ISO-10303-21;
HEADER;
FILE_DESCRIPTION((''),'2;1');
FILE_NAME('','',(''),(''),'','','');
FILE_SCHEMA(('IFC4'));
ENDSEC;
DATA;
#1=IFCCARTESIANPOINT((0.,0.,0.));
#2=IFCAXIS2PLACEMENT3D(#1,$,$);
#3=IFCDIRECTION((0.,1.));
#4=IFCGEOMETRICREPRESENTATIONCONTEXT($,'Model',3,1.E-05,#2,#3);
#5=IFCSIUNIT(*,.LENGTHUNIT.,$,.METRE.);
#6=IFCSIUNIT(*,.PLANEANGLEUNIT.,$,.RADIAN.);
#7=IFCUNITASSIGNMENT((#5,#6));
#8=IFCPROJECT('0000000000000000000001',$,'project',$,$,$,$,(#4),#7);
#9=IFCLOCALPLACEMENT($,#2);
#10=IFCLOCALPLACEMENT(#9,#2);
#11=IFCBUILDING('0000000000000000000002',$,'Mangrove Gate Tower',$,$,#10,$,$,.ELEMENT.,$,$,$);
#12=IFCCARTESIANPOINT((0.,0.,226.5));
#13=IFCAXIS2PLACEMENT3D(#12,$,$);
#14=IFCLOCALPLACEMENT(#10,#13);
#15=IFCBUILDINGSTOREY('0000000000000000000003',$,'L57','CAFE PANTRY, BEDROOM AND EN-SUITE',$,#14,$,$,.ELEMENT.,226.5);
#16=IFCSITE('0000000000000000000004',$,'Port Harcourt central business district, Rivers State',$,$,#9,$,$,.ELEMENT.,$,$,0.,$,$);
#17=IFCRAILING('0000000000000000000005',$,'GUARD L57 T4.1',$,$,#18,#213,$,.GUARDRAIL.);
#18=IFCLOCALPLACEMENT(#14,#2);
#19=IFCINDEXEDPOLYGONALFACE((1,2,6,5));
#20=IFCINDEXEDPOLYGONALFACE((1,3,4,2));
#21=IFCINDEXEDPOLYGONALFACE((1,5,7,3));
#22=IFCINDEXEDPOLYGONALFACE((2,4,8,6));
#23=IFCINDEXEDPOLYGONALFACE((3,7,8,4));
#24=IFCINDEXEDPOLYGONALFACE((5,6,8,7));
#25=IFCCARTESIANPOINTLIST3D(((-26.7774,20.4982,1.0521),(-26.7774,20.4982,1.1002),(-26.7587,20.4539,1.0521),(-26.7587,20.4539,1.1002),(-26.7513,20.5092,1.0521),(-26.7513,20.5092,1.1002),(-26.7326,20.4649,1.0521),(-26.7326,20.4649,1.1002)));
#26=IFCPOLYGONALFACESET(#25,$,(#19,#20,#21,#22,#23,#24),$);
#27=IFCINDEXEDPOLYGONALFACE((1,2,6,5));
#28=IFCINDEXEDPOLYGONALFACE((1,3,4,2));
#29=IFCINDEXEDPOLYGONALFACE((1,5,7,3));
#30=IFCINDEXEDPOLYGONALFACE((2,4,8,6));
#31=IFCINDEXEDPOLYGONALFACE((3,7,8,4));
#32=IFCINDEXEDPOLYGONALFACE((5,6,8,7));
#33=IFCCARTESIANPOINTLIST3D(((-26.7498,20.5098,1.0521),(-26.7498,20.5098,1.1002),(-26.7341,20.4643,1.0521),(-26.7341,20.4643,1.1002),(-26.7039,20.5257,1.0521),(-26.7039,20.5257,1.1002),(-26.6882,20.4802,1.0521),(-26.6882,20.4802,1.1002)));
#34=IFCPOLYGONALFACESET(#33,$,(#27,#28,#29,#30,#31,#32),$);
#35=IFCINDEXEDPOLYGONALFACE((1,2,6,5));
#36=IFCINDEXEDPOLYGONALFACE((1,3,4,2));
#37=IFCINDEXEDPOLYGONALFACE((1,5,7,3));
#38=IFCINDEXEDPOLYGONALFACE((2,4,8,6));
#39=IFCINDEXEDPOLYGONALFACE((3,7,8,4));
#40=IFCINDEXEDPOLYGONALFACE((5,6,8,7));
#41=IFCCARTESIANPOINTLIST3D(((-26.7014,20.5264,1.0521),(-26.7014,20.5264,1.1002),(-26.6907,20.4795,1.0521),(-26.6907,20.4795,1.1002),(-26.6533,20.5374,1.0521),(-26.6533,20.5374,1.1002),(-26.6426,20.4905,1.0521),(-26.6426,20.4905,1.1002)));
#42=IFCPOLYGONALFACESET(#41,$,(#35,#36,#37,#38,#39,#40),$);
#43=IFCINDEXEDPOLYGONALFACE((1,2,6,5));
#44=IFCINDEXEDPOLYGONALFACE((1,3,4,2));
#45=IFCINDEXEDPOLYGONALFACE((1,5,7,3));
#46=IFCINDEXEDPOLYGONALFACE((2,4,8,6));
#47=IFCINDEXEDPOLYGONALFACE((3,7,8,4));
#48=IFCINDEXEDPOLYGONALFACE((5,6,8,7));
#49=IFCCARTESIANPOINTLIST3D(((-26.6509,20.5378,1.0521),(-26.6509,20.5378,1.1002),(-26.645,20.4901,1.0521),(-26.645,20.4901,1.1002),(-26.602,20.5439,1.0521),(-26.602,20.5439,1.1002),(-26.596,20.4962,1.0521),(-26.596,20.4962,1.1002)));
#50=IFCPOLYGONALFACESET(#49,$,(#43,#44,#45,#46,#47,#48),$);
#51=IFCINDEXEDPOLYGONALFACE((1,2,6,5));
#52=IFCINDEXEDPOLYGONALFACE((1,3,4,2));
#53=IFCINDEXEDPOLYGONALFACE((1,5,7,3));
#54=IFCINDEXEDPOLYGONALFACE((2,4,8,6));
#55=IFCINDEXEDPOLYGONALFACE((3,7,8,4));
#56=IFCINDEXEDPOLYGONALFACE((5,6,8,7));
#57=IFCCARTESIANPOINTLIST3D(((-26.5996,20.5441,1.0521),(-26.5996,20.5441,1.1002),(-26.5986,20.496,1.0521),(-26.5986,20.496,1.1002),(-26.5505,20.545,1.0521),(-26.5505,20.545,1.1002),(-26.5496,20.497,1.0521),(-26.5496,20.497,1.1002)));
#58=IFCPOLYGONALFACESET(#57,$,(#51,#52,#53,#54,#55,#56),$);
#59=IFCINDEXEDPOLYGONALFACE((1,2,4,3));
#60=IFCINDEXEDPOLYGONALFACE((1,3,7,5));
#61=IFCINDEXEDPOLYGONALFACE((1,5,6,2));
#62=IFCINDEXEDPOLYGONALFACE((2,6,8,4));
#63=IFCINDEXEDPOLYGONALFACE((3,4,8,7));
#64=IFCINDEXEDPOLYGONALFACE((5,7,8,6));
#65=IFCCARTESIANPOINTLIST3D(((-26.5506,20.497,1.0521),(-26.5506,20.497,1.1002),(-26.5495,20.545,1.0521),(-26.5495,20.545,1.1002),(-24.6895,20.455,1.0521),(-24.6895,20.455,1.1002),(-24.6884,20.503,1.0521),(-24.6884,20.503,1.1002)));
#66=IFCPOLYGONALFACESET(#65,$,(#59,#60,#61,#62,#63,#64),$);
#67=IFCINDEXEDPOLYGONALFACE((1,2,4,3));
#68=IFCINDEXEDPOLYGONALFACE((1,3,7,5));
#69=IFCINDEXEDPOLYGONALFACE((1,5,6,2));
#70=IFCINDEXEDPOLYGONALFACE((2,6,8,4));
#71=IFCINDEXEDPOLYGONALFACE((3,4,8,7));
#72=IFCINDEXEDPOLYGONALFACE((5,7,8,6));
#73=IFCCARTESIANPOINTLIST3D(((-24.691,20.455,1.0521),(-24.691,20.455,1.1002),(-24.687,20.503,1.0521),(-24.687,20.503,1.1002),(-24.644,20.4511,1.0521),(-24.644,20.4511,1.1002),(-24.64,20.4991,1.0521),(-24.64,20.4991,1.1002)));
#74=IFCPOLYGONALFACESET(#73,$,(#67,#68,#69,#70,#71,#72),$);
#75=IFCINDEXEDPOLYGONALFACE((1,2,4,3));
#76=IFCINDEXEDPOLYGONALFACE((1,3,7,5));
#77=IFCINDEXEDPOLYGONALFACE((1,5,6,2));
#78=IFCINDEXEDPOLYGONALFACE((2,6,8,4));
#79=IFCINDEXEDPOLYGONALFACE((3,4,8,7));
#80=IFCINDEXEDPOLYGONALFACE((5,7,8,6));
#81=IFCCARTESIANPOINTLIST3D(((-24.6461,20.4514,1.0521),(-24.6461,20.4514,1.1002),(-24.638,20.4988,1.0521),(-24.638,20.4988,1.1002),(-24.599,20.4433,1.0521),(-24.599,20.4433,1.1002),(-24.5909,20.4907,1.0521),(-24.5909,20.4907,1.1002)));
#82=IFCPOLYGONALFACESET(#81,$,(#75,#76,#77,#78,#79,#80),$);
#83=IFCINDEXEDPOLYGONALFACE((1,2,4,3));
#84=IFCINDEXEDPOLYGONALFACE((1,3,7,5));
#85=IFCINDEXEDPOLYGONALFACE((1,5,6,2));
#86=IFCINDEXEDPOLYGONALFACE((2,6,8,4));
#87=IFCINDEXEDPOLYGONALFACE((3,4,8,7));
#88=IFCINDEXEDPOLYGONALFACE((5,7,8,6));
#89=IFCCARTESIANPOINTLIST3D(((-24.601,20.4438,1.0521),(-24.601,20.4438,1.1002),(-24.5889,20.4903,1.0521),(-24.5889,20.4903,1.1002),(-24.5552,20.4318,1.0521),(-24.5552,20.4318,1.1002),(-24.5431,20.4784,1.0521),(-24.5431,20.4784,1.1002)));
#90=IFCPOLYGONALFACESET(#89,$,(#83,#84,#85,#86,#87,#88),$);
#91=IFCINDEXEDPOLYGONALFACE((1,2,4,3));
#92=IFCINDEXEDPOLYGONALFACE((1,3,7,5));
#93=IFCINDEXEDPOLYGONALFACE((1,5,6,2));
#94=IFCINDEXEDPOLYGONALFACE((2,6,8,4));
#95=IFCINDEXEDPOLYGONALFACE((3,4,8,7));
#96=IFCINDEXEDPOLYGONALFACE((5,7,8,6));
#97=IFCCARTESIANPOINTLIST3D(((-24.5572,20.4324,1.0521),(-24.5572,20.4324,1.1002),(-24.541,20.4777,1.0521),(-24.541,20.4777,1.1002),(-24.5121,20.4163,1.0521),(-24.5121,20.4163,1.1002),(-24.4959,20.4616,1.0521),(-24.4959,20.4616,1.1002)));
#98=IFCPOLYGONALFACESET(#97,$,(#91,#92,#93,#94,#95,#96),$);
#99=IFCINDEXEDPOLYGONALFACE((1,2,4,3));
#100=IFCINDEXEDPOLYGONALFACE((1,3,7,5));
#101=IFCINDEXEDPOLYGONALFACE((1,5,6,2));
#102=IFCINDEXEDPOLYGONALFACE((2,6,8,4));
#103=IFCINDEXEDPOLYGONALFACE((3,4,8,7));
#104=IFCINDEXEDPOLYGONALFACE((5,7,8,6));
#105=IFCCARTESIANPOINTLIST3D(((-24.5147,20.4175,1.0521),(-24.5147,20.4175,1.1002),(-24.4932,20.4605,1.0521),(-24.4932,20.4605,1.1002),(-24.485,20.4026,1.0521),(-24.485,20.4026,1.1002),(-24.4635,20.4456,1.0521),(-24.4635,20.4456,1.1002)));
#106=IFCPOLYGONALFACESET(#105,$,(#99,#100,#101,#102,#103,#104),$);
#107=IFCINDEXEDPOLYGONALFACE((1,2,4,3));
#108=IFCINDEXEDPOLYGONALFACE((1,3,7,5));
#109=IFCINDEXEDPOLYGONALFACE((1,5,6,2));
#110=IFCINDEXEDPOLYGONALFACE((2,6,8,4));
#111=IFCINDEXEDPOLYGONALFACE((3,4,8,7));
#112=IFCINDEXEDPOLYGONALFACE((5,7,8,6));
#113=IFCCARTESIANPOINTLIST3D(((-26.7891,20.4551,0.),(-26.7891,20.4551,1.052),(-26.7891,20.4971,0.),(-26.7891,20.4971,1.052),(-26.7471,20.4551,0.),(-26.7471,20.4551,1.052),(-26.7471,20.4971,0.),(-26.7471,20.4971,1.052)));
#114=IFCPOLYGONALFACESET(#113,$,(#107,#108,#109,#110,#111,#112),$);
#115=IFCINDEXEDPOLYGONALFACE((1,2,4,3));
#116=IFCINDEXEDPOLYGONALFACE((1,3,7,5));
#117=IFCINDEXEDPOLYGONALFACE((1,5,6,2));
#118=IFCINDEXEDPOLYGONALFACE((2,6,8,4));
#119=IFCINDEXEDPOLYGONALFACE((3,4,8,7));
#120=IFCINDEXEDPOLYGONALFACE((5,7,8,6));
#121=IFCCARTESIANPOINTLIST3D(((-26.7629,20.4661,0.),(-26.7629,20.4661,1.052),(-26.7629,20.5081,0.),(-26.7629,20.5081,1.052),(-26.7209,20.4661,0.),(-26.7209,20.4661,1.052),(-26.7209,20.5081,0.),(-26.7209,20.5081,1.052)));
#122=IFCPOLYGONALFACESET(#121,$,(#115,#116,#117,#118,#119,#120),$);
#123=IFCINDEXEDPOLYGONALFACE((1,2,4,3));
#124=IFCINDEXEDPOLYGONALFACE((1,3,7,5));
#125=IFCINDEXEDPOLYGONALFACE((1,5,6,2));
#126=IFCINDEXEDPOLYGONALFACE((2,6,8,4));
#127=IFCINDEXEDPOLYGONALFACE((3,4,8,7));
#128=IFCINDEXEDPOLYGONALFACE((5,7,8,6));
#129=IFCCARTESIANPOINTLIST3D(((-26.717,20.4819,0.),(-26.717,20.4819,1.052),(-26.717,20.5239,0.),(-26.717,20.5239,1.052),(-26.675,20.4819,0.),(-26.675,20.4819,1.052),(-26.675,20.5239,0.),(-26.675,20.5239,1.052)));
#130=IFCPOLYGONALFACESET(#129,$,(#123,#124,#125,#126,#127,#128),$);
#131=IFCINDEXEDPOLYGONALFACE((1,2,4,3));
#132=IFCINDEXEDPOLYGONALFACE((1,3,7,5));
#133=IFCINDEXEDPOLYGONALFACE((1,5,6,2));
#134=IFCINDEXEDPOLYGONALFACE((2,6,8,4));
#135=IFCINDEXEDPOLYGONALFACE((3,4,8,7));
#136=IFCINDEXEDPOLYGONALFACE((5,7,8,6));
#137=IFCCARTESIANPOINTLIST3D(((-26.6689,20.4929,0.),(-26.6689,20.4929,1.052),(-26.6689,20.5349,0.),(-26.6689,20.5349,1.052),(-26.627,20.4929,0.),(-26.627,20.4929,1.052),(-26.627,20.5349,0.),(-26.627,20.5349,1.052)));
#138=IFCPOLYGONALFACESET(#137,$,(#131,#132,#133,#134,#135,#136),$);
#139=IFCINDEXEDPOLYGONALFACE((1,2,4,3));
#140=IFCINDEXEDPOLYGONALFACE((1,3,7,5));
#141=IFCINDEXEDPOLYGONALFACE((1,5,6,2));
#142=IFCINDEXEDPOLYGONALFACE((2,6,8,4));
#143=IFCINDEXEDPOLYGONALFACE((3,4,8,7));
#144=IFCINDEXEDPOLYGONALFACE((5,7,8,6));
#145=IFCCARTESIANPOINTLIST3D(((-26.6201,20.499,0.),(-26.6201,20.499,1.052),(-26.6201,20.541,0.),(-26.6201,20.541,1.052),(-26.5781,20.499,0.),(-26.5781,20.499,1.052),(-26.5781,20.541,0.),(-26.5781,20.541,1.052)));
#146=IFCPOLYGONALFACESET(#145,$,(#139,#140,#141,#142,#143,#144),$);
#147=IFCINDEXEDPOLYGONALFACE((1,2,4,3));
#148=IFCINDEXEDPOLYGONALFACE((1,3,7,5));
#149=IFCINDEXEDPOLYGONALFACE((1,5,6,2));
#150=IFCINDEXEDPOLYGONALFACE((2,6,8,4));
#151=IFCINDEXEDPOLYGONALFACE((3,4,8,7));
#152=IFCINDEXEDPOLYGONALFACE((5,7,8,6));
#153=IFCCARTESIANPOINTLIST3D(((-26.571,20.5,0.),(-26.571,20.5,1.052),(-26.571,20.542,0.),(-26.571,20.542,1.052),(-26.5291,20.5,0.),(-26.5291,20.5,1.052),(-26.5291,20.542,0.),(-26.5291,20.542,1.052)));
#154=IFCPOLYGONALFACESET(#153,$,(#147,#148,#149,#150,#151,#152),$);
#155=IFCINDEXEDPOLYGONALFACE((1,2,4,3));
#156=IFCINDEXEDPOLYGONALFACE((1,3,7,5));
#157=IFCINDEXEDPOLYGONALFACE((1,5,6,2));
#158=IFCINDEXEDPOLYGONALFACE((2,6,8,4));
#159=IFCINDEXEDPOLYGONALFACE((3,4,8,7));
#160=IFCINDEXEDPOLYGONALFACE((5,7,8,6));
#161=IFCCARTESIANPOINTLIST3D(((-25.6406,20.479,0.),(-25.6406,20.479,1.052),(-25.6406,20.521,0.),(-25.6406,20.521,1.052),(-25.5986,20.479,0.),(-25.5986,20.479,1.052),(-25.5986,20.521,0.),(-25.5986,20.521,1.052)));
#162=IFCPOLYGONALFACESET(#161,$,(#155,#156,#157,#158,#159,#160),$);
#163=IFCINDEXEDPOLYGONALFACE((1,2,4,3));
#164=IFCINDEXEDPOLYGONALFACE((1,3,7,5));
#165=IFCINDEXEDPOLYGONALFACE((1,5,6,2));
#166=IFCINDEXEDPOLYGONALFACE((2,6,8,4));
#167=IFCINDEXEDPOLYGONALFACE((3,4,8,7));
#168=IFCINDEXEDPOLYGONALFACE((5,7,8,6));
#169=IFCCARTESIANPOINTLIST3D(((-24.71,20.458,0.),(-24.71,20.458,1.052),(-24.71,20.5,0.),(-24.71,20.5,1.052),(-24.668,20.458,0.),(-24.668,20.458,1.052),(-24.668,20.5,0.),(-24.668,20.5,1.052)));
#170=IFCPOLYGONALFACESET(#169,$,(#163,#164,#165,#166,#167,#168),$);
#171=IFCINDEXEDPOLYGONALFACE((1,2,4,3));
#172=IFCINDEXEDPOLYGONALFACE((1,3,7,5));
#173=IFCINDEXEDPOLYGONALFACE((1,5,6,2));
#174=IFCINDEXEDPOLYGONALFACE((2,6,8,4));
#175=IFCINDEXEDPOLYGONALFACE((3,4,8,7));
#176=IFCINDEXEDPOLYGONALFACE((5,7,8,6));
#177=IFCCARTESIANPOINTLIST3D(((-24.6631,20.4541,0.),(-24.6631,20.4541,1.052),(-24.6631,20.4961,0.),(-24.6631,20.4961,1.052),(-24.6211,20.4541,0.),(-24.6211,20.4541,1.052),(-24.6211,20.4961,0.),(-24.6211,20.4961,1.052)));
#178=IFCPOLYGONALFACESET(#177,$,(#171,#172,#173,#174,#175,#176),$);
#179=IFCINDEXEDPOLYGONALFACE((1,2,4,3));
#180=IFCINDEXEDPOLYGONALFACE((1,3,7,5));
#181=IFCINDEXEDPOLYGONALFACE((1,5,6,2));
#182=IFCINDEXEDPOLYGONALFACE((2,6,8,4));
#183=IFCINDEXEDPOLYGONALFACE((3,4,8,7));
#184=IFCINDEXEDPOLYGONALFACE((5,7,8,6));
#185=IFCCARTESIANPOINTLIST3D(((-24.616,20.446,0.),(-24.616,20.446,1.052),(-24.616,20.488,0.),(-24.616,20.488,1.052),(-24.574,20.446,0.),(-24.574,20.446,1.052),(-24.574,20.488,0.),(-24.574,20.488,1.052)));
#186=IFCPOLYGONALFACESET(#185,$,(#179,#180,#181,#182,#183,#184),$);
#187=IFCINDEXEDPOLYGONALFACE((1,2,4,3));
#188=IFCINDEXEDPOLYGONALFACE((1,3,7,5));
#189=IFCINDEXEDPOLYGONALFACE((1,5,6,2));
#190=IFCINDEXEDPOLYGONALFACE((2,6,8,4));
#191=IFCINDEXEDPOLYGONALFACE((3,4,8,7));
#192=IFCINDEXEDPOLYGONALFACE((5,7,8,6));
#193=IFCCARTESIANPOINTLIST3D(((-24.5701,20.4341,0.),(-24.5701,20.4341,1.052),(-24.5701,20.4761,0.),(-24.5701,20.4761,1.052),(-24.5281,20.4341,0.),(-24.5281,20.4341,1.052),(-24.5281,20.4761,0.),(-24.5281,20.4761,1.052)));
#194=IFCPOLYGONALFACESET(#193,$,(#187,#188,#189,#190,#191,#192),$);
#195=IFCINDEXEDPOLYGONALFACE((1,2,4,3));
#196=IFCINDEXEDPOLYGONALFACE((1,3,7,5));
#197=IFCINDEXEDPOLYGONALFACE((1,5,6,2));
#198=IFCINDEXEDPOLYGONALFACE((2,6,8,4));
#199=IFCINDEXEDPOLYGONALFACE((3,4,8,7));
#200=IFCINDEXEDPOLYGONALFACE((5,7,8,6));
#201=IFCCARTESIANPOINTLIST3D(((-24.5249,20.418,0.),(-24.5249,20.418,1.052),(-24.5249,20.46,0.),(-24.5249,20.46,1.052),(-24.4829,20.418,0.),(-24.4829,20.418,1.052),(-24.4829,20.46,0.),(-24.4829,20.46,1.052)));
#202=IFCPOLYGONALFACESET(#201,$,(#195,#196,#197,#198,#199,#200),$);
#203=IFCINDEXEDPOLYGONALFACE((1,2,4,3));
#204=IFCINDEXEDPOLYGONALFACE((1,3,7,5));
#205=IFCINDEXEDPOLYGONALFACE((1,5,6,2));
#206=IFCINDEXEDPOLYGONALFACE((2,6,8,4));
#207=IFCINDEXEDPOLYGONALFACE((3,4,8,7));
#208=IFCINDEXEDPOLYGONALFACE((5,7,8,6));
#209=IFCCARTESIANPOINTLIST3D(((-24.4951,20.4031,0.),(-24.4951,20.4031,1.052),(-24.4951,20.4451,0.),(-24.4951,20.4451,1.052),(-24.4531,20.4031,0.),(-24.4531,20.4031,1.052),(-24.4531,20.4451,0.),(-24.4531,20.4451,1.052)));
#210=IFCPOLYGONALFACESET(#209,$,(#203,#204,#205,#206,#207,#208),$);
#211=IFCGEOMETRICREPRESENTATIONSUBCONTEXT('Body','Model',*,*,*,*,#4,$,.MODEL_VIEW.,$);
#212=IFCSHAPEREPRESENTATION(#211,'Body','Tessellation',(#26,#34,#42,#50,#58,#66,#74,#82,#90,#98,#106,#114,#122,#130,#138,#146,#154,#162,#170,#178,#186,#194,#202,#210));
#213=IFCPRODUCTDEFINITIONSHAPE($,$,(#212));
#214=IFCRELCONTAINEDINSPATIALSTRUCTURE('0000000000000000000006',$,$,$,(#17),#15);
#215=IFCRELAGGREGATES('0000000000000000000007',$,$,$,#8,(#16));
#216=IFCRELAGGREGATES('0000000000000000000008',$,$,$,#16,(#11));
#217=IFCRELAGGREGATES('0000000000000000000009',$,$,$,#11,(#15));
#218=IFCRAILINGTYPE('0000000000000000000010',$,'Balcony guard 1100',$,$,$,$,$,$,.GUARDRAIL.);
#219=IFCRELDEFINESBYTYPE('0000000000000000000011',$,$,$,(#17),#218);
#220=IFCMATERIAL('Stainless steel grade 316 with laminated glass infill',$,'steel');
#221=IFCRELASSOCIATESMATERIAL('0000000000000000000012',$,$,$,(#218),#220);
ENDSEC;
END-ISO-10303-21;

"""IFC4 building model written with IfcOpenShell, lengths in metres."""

from ifc_helpers import new_model, si_unit, direction, frame, origin, origin_2d, place, context, subcontext, project, spatial, rectangle, extrude, material, type_object, element, save


model = new_model("IFC4")

# Units and contexts
model_context = context("Model", 3, precision=1e-05, world=origin(), true_north=direction((0.0, 1.0)))
body_context = subcontext(model_context, "Body", "Model", "MODEL_VIEW")
ifc_project = project(units=[si_unit("LENGTHUNIT", "METRE"), si_unit("PLANEANGLEUNIT", "RADIAN")], contexts=[model_context])

# Site, building, storey
site_placement = place(None, origin())
site = spatial("IfcSite", under=ifc_project, at=site_placement, Name="Port Harcourt central business district, Rivers State", CompositionType="ELEMENT", RefElevation=0.0)
building_placement = place(site_placement, origin())
building = spatial("IfcBuilding", under=site, at=building_placement, Name="Mangrove Gate Tower", CompositionType="ELEMENT")
storey_placement = place(building_placement, frame((0.0, 0.0, 226.5)))
storey = spatial("IfcBuildingStorey", under=building, at=storey_placement, Name="L57", Description="CAFE PANTRY, BEDROOM AND EN-SUITE", CompositionType="ELEMENT", Elevation=226.5)

# Railing
ifc_material_1 = material(Name="Stainless steel grade 316 with laminated glass infill", Category="steel")
railing_type = type_object("IfcRailingType", Name="Balcony guard 1100", PredefinedType="GUARDRAIL", material=ifc_material_1)
railing_1_placement = place(storey_placement, frame((-26.7681, 20.4761, 0.0)))
element("IfcRailing", 1, at=railing_1_placement, inside=storey, type_object=railing_type, Name="GUARD L57 T4.1", PredefinedType="GUARDRAIL", context=body_context, shape_type="SweptSolid", body=[
    extrude(rectangle(XDim=0.0481, YDim=0.0481, at=origin_2d()), frame((0.0, 0.0, 1.0762), z_axis=(0.921797, 0.387672, 0.0), x_axis=(-0.387672, 0.921797, 0.0)), (0.0, 0.0, 1.0), 0.0283),
    extrude(rectangle(XDim=0.0481, YDim=0.0481, at=origin_2d()), frame((0.0261, 0.011, 1.0762), z_axis=(0.945106, 0.326765, 0.0), x_axis=(-0.326765, 0.945106, 0.0)), (0.0, 0.0, 1.0), 0.0486),
    extrude(rectangle(XDim=0.0481, YDim=0.0481, at=origin_2d()), frame((0.072, 0.0269, 1.0762), z_axis=(0.974889, 0.22269, 0.0), x_axis=(-0.22269, 0.974889, 0.0)), (0.0, 0.0, 1.0), 0.0493),
    extrude(rectangle(XDim=0.0481, YDim=0.0481, at=origin_2d()), frame((0.1201, 0.0378, 1.0762), z_axis=(0.992278, 0.124035, 0.0), x_axis=(-0.124035, 0.992278, 0.0)), (0.0, 0.0, 1.0), 0.0493),
    extrude(rectangle(XDim=0.0481, YDim=0.0481, at=origin_2d()), frame((0.1689, 0.0439, 1.0762), z_axis=(0.999802, 0.019897, 0.0), x_axis=(-0.019897, 0.999802, 0.0)), (0.0, 0.0, 1.0), 0.0491),
    extrude(rectangle(XDim=0.0481, YDim=0.0481, at=origin_2d()), frame((0.218, 0.0449, 1.0762), z_axis=(0.999746, -0.022558, 0.0), x_axis=(0.022558, 0.999746, 0.0)), (0.0, 0.0, 1.0), 1.8616),
    extrude(rectangle(XDim=0.0481, YDim=0.0481, at=origin_2d()), frame((2.0791, 0.0029, 1.0762), z_axis=(0.996546, -0.083045, 0.0), x_axis=(0.083045, 0.996546, 0.0)), (0.0, 0.0, 1.0), 0.0471),
    extrude(rectangle(XDim=0.0481, YDim=0.0481, at=origin_2d()), frame((2.126, -0.001, 1.0762), z_axis=(0.985695, -0.168539, 0.0), x_axis=(0.168539, 0.985695, 0.0)), (0.0, 0.0, 1.0), 0.0479),
    extrude(rectangle(XDim=0.0481, YDim=0.0481, at=origin_2d()), frame((2.1731, -0.009, 1.0762), z_axis=(0.967672, -0.252212, 0.0), x_axis=(0.252212, 0.967672, 0.0)), (0.0, 0.0, 1.0), 0.0474),
    extrude(rectangle(XDim=0.0481, YDim=0.0481, at=origin_2d()), frame((2.219, -0.021, 1.0762), z_axis=(0.941857, -0.336014, 0.0), x_axis=(0.336014, 0.941857, 0.0)), (0.0, 0.0, 1.0), 0.0479),
    extrude(rectangle(XDim=0.0481, YDim=0.0481, at=origin_2d()), frame((2.2642, -0.0371, 1.0762), z_axis=(0.894427, -0.447214, 0.0), x_axis=(0.447214, 0.894427, 0.0)), (0.0, 0.0, 1.0), 0.0332),
    extrude(rectangle(XDim=0.042, YDim=0.042, at=origin_2d()), origin(), (0.0, 0.0, 1.0), 1.052),
    extrude(rectangle(XDim=0.042, YDim=0.042, at=origin_2d()), frame((0.0261, 0.011, 0.0)), (0.0, 0.0, 1.0), 1.052),
    extrude(rectangle(XDim=0.042, YDim=0.042, at=origin_2d()), frame((0.072, 0.0269, 0.0)), (0.0, 0.0, 1.0), 1.052),
    extrude(rectangle(XDim=0.042, YDim=0.042, at=origin_2d()), frame((0.1201, 0.0378, 0.0)), (0.0, 0.0, 1.0), 1.052),
    extrude(rectangle(XDim=0.042, YDim=0.042, at=origin_2d()), frame((0.1689, 0.0439, 0.0)), (0.0, 0.0, 1.0), 1.052),
    extrude(rectangle(XDim=0.042, YDim=0.042, at=origin_2d()), frame((0.218, 0.0449, 0.0)), (0.0, 0.0, 1.0), 1.052),
    extrude(rectangle(XDim=0.042, YDim=0.042, at=origin_2d()), frame((1.1484, 0.0239, 0.0)), (0.0, 0.0, 1.0), 1.052),
    extrude(rectangle(XDim=0.042, YDim=0.042, at=origin_2d()), frame((2.0791, 0.0029, 0.0)), (0.0, 0.0, 1.0), 1.052),
    extrude(rectangle(XDim=0.042, YDim=0.042, at=origin_2d()), frame((2.126, -0.001, 0.0)), (0.0, 0.0, 1.0), 1.052),
    extrude(rectangle(XDim=0.042, YDim=0.042, at=origin_2d()), frame((2.1731, -0.009, 0.0)), (0.0, 0.0, 1.0), 1.052),
    extrude(rectangle(XDim=0.042, YDim=0.042, at=origin_2d()), frame((2.219, -0.021, 0.0)), (0.0, 0.0, 1.0), 1.052),
    extrude(rectangle(XDim=0.042, YDim=0.042, at=origin_2d()), frame((2.2642, -0.0371, 0.0)), (0.0, 0.0, 1.0), 1.052),
    extrude(rectangle(XDim=0.042, YDim=0.042, at=origin_2d()), frame((2.2939, -0.052, 0.0)), (0.0, 0.0, 1.0), 1.052),
])

save(model, "model.ifc")
